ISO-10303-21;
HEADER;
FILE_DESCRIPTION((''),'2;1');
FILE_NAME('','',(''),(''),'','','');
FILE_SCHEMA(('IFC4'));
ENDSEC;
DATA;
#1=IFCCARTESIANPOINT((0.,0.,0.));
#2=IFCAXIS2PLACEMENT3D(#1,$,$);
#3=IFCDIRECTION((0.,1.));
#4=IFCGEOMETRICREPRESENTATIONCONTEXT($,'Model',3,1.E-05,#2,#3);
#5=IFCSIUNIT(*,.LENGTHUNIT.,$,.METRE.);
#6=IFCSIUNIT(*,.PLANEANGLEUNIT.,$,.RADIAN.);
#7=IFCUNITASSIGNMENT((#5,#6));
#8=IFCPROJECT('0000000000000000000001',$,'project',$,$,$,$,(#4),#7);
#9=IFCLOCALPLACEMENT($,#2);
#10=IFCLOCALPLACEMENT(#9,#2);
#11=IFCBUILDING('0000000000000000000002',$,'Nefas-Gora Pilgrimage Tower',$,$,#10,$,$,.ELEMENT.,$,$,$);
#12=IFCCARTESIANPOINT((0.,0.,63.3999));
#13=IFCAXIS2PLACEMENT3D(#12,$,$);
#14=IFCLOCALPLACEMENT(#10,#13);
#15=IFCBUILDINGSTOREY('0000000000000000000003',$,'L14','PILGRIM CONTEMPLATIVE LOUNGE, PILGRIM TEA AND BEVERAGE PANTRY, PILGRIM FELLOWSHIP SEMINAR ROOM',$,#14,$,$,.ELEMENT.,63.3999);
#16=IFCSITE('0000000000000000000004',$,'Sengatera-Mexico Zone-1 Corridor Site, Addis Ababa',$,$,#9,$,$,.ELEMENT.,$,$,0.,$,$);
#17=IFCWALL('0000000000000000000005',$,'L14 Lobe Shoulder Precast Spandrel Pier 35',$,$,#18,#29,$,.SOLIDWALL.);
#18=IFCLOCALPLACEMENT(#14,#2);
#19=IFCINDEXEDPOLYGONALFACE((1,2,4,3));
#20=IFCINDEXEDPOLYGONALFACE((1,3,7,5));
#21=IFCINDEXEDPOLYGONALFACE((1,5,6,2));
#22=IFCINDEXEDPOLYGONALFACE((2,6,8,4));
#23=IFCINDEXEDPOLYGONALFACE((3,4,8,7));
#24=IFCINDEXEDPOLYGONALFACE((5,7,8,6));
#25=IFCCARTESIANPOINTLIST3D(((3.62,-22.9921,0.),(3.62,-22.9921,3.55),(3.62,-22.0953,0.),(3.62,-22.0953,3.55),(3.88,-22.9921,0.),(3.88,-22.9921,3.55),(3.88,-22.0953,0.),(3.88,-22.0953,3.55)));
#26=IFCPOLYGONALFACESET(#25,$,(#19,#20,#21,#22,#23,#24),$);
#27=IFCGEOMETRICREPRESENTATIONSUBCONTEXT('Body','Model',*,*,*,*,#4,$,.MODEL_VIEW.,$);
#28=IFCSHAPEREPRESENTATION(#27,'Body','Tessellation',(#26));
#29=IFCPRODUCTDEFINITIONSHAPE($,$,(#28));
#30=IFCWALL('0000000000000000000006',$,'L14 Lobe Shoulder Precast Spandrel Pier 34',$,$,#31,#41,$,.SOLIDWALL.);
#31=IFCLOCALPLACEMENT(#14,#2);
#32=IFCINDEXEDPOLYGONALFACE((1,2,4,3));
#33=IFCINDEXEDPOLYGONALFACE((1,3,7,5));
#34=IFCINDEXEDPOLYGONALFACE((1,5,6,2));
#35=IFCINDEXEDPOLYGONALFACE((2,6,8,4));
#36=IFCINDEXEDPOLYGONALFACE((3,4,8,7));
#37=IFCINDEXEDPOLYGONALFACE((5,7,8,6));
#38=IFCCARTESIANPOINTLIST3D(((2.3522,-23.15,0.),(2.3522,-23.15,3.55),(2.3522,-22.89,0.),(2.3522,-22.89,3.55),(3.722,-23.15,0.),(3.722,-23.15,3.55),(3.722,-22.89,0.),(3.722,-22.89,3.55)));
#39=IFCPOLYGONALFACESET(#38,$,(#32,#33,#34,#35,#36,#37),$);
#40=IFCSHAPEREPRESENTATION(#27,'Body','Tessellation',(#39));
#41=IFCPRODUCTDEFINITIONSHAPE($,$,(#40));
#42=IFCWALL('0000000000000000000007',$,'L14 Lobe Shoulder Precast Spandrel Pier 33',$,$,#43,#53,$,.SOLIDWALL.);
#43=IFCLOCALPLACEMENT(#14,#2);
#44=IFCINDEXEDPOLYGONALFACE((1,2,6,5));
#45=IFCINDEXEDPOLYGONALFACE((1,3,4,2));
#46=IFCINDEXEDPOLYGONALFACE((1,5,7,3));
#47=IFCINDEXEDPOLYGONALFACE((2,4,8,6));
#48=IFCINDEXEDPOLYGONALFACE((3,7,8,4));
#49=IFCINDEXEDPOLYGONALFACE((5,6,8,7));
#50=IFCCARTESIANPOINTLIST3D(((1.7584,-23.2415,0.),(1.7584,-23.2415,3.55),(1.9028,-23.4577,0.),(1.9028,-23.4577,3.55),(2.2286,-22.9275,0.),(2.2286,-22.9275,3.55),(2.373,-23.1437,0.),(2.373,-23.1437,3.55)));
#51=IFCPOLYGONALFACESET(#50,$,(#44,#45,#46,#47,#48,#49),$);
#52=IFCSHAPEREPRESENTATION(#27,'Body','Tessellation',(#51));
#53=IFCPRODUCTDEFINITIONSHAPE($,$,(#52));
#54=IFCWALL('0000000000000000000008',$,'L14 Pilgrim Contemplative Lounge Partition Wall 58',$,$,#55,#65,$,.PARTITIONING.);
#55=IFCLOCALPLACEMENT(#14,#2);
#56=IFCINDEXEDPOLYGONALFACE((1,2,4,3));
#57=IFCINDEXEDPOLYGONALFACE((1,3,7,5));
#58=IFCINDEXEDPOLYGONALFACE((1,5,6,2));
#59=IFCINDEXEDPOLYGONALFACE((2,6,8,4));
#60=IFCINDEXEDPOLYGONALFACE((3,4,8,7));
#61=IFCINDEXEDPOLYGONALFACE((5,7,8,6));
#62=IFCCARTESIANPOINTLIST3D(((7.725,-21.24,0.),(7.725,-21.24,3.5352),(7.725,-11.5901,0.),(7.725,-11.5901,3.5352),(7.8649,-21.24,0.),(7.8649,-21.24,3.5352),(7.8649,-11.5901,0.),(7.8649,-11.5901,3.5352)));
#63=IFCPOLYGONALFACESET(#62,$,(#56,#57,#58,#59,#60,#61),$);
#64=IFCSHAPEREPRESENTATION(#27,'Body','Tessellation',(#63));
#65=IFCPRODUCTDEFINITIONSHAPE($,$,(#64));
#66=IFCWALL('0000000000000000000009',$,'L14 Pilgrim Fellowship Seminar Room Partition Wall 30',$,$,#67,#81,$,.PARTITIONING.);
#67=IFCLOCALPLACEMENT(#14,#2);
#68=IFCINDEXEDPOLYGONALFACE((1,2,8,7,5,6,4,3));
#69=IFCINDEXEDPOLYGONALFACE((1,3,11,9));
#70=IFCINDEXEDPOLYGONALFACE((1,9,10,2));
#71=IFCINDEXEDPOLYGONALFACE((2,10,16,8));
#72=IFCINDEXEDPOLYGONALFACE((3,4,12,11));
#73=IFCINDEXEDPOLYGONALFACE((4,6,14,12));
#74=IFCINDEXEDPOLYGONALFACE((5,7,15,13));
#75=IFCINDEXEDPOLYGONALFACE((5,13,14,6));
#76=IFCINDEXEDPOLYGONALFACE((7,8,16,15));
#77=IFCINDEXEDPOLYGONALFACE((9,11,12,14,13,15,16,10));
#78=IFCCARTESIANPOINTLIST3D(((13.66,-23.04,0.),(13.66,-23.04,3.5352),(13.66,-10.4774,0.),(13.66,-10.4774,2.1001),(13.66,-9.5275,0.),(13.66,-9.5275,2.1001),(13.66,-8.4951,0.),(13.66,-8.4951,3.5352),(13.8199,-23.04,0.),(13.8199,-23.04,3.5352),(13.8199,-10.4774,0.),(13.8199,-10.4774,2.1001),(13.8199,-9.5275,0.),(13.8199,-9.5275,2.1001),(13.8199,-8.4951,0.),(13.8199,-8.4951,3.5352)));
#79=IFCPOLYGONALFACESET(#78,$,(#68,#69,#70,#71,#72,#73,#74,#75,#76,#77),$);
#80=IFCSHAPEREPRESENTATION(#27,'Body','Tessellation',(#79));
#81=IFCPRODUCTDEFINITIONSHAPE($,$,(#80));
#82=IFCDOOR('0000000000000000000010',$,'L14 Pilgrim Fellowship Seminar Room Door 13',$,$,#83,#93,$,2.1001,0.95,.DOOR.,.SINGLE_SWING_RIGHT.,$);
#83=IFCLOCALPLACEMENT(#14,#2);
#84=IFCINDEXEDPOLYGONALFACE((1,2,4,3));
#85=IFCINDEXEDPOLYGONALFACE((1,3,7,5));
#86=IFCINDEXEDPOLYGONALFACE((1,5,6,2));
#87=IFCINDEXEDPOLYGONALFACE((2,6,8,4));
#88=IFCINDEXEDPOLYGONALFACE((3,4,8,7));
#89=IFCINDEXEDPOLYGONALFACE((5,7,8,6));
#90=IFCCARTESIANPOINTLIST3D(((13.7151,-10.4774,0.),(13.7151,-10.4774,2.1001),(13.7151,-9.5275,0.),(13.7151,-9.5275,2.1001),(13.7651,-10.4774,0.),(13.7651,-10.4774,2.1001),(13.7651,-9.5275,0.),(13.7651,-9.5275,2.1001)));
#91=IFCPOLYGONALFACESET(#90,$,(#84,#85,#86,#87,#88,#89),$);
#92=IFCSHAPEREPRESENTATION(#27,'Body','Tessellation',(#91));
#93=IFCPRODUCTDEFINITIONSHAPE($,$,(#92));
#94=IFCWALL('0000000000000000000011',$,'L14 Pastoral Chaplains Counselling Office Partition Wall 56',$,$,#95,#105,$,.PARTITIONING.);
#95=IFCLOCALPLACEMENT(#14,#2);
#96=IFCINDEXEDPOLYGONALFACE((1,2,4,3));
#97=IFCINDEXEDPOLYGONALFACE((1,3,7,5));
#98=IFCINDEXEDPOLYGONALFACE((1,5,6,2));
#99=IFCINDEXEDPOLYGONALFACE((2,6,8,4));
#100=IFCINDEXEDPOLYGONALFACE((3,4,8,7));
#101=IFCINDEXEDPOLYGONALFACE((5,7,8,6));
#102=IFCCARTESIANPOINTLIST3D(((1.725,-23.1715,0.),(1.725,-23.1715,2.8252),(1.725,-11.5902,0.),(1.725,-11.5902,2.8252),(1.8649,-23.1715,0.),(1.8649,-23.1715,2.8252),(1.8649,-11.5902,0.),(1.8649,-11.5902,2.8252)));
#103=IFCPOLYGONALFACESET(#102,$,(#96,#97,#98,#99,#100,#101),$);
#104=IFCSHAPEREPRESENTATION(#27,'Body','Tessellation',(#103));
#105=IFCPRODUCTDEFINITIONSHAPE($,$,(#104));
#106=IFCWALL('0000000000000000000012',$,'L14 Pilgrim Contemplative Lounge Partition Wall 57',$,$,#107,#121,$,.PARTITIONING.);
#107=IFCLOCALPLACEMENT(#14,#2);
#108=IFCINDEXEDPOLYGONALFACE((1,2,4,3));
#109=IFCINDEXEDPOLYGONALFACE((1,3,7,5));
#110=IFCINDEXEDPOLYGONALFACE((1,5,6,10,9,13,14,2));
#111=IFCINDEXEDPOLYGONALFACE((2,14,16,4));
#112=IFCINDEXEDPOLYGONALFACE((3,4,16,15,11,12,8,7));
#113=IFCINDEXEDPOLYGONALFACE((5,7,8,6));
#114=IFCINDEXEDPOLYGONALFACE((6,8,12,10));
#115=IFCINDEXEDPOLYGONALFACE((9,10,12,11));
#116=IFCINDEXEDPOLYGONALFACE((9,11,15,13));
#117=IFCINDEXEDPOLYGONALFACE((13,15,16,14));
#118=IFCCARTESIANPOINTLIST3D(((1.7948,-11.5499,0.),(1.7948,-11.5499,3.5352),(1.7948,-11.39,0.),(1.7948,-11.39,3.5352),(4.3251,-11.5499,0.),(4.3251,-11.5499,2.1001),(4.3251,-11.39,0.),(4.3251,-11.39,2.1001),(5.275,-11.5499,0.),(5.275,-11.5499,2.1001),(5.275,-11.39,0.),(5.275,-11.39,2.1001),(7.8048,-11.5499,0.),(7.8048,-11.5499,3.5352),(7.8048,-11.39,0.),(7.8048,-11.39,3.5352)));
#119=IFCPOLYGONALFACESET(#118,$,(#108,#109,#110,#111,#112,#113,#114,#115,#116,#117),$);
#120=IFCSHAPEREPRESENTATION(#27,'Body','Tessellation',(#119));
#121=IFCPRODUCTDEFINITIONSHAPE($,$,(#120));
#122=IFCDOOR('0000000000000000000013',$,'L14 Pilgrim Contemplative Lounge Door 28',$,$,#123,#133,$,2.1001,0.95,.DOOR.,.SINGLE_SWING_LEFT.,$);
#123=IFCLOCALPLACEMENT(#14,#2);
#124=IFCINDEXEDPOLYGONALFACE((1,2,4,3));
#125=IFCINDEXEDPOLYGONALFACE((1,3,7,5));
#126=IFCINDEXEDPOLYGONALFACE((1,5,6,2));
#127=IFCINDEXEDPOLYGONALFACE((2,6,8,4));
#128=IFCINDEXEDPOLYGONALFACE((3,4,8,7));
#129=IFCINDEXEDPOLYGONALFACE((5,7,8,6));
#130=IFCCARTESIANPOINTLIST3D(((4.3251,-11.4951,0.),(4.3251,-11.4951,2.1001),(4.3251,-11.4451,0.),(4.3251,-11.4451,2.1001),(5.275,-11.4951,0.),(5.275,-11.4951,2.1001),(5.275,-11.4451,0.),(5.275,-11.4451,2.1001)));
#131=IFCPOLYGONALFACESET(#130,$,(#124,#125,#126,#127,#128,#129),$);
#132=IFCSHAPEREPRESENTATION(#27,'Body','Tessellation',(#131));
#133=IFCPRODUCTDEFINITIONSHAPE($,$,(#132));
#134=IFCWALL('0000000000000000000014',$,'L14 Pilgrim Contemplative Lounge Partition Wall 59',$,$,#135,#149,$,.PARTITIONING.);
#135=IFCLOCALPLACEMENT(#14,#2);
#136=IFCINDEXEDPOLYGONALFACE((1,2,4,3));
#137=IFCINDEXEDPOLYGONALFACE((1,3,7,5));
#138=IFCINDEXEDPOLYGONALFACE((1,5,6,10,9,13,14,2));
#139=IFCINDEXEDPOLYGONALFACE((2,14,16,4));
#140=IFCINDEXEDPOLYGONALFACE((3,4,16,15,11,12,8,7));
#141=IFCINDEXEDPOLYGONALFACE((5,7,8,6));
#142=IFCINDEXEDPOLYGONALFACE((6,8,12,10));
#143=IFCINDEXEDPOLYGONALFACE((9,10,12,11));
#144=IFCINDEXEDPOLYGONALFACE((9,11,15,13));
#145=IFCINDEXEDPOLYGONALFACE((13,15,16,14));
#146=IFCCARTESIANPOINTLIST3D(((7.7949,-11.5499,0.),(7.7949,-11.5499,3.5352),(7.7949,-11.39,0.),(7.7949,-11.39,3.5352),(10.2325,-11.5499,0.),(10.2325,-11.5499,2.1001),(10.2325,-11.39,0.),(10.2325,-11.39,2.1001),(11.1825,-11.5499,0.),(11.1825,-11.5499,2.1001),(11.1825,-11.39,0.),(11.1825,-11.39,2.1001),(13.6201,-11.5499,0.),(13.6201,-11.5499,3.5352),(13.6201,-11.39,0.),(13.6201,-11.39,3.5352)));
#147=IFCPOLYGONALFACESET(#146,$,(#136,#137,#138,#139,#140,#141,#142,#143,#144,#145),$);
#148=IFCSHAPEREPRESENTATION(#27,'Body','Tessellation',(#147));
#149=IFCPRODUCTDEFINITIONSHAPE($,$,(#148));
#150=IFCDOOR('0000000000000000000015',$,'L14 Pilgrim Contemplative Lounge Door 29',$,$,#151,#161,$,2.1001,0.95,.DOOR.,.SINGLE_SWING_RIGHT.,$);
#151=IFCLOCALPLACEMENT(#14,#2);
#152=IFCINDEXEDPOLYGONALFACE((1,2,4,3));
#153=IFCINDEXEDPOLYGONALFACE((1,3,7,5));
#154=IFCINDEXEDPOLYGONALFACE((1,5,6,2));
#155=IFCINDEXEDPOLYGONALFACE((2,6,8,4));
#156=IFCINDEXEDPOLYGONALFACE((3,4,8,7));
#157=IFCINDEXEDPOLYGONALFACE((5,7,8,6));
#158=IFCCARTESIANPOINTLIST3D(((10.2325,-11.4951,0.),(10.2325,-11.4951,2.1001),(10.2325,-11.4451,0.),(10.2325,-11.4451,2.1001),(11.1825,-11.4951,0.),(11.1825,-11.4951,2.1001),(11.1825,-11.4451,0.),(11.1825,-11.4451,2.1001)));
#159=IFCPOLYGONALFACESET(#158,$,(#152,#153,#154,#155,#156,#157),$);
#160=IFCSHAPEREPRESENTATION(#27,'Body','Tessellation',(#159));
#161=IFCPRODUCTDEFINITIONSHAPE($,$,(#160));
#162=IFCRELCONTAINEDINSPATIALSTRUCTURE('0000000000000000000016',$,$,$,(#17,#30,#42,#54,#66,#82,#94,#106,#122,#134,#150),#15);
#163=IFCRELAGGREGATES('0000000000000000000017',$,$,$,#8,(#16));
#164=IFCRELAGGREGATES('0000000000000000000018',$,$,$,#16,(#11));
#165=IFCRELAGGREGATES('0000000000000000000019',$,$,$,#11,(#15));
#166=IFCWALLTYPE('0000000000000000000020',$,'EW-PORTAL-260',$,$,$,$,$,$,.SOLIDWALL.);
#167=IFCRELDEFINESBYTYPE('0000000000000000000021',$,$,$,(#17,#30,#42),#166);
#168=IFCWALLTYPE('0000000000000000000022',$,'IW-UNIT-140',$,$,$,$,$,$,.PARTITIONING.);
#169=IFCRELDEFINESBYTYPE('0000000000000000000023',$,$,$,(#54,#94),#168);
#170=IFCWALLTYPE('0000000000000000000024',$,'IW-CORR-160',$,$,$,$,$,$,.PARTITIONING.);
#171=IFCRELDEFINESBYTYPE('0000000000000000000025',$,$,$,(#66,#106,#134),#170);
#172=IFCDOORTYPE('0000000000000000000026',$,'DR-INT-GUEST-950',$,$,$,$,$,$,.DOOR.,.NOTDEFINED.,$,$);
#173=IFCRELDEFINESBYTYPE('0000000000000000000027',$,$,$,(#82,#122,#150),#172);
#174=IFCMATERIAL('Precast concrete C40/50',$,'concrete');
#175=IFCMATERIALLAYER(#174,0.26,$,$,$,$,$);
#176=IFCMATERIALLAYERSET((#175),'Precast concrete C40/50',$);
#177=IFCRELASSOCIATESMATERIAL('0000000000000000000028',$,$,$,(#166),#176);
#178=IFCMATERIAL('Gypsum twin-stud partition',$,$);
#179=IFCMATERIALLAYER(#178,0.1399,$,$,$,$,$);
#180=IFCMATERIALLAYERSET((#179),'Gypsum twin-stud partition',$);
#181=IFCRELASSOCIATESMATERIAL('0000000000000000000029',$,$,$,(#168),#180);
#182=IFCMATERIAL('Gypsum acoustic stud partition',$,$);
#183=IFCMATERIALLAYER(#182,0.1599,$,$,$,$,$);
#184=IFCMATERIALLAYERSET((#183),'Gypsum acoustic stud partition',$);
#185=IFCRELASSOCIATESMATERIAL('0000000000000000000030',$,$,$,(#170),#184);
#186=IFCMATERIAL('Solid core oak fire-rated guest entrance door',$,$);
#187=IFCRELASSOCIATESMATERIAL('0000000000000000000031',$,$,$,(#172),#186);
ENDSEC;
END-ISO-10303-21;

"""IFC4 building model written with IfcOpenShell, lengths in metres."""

from ifc_helpers import new_model, si_unit, direction, frame, frame_2d, origin, place, context, subcontext, project, spatial, rectangle, extrude, source, transform, mapped, material, layer, layer_set, type_object, element, fill, save


model = new_model("IFC4")

# Units and contexts
model_context = context("Model", 3, precision=1e-05, world=origin(), true_north=direction((0.0, 1.0)))
body_context = subcontext(model_context, "Body", "Model", "MODEL_VIEW")
ifc_project = project(units=[si_unit("LENGTHUNIT", "METRE"), si_unit("PLANEANGLEUNIT", "RADIAN")], contexts=[model_context])

# Site, building, storey
site_placement = place(None, origin())
site = spatial("IfcSite", under=ifc_project, at=site_placement, Name="Sengatera-Mexico Zone-1 Corridor Site, Addis Ababa", CompositionType="ELEMENT", RefElevation=0.0)
building_placement = place(site_placement, origin())
building = spatial("IfcBuilding", under=site, at=building_placement, Name="Nefas-Gora Pilgrimage Tower", CompositionType="ELEMENT")
storey_placement = place(building_placement, frame((0.0, 0.0, 63.3999)))
storey = spatial("IfcBuildingStorey", under=building, at=storey_placement, Name="L14", Description="PILGRIM CONTEMPLATIVE LOUNGE, PILGRIM TEA AND BEVERAGE PANTRY, PILGRIM FELLOWSHIP SEMINAR ROOM", CompositionType="ELEMENT", Elevation=63.3999)

# Walls
ifc_material_1 = material(Name="Precast concrete C40/50", Category="concrete")
ifc_layer_1 = layer(ifc_material_1, 0.26)
ifc_layer_set_1 = layer_set([ifc_layer_1], Name="Precast concrete C40/50")
wall_type_1 = type_object("IfcWallType", Name="EW-PORTAL-260", PredefinedType="SOLIDWALL", material=ifc_layer_set_1)
shared_shape_1 = source(origin(), body_context, "Body", "SweptSolid", [
    extrude(rectangle(XDim=0.8967, YDim=0.26, at=frame_2d((0.4482, 0.0))), origin(), (0.0, 0.0, 1.0), 3.55),
])
wall_1_placement = place(storey_placement, frame((3.75, -22.9919, 0.0), z_axis=(0.0, 0.0, 1.0), x_axis=(0.0, 1.0, 0.0)))
element("IfcWall", 1, at=wall_1_placement, inside=storey, type_object=wall_type_1, Name="L14 Lobe Shoulder Precast Spandrel Pier 35", PredefinedType="SOLIDWALL", context=body_context, shape_type="MappedRepresentation", body=[
    mapped(shared_shape_1, transform((0.0, 0.0, 0.0), x_axis=(1.0, 0.0, 0.0), y_axis=(0.0, 1.0, 0.0), z_axis=(0.0, 0.0, 1.0), scale=1.0)),
])
shared_shape_2 = source(origin(), body_context, "Body", "SweptSolid", [
    extrude(rectangle(XDim=1.3699, YDim=0.26, at=frame_2d((0.6851, 0.0))), origin(), (0.0, 0.0, 1.0), 3.55),
])
wall_2_placement = place(storey_placement, frame((2.3521, -23.02, 0.0), z_axis=(0.0, 0.0, 1.0), x_axis=(1.0, 0.0, 0.0)))
element("IfcWall", 2, at=wall_2_placement, inside=storey, type_object=wall_type_1, Name="L14 Lobe Shoulder Precast Spandrel Pier 34", PredefinedType="SOLIDWALL", context=body_context, shape_type="MappedRepresentation", body=[
    mapped(shared_shape_2, transform((0.0, 0.0, 0.0), x_axis=(1.0, 0.0, 0.0), y_axis=(0.0, 1.0, 0.0), z_axis=(0.0, 0.0, 1.0), scale=1.0)),
])
shared_shape_3 = source(origin(), body_context, "Body", "SweptSolid", [
    extrude(rectangle(XDim=0.5654, YDim=0.26, at=frame_2d((0.2827, 0.0))), origin(), (0.0, 0.0, 1.0), 3.55),
])
wall_3_placement = place(storey_placement, frame((1.8306, -23.3496, 0.0), z_axis=(0.0, 0.0, 1.0), x_axis=(0.831651, 0.555298, 0.0)))
element("IfcWall", 3, at=wall_3_placement, inside=storey, type_object=wall_type_1, Name="L14 Lobe Shoulder Precast Spandrel Pier 33", PredefinedType="SOLIDWALL", context=body_context, shape_type="MappedRepresentation", body=[
    mapped(shared_shape_3, transform((0.0, 0.0, 0.0), x_axis=(1.0, 0.0, 0.0), y_axis=(0.0, 1.0, 0.0), z_axis=(0.0, 0.0, 1.0), scale=1.0)),
])
ifc_material_2 = material(Name="Gypsum twin-stud partition")
ifc_layer_2 = layer(ifc_material_2, 0.1399)
ifc_layer_set_2 = layer_set([ifc_layer_2], Name="Gypsum twin-stud partition")
wall_type_2 = type_object("IfcWallType", Name="IW-UNIT-140", PredefinedType="PARTITIONING", material=ifc_layer_set_2)
shared_shape_4 = source(origin(), body_context, "Body", "SweptSolid", [
    extrude(rectangle(XDim=9.6499, YDim=0.1399, at=frame_2d((4.825, 0.0))), origin(), (0.0, 0.0, 1.0), 3.5352),
])
wall_4_placement = place(storey_placement, frame((7.7949, -21.24, 0.0), z_axis=(0.0, 0.0, 1.0), x_axis=(0.0, 1.0, 0.0)))
element("IfcWall", 4, at=wall_4_placement, inside=storey, type_object=wall_type_2, Name="L14 Pilgrim Contemplative Lounge Partition Wall 58", PredefinedType="PARTITIONING", context=body_context, shape_type="MappedRepresentation", body=[
    mapped(shared_shape_4, transform((0.0, 0.0, 0.0), x_axis=(1.0, 0.0, 0.0), y_axis=(0.0, 1.0, 0.0), z_axis=(0.0, 0.0, 1.0), scale=1.0)),
])

# Wall, opening, door
ifc_material_3 = material(Name="Gypsum acoustic stud partition")
ifc_layer_3 = layer(ifc_material_3, 0.1599)
ifc_layer_set_3 = layer_set([ifc_layer_3], Name="Gypsum acoustic stud partition")
wall_type_3 = type_object("IfcWallType", Name="IW-CORR-160", PredefinedType="PARTITIONING", material=ifc_layer_set_3)
shared_shape_5 = source(origin(), body_context, "Body", "SweptSolid", [
    extrude(rectangle(XDim=14.5449, YDim=0.1599, at=frame_2d((7.2725, 0.0))), origin(), (0.0, 0.0, 1.0), 3.5352),
])
wall_5_placement = place(storey_placement, frame((13.74, -23.04, 0.0), z_axis=(0.0, 0.0, 1.0), x_axis=(0.0, 1.0, 0.0)))
wall_5 = element("IfcWall", 5, at=wall_5_placement, inside=storey, type_object=wall_type_3, Name="L14 Pilgrim Fellowship Seminar Room Partition Wall 30", PredefinedType="PARTITIONING", context=body_context, shape_type="MappedRepresentation", body=[
    mapped(shared_shape_5, transform((0.0, 0.0, 0.0), x_axis=(1.0, 0.0, 0.0), y_axis=(0.0, 1.0, 0.0), z_axis=(0.0, 0.0, 1.0), scale=1.0)),
])
opening_1_placement = place(wall_5_placement, frame((12.5625, 0.0, 0.0)))
opening_1 = element("IfcOpeningElement", 6, at=opening_1_placement, cuts=wall_5, PredefinedType="OPENING", context=body_context, shape_type="SweptSolid", body=[
    extrude(rectangle(XDim=0.95, YDim=2.1001, at=frame_2d((0.4751, 1.05))), frame((0.0, 0.0898, 0.0), z_axis=(0.0, -1.0, 0.0), x_axis=(1.0, 0.0, 0.0)), (0.0, 0.0, 1.0), 0.1799),
])
ifc_material_4 = material(Name="Solid core oak fire-rated guest entrance door")
door_type = type_object("IfcDoorType", Name="DR-INT-GUEST-950", OperationType="NOTDEFINED", PredefinedType="DOOR", material=ifc_material_4)
shared_shape_6 = source(origin(), body_context, "Body", "SweptSolid", [
    extrude(rectangle(XDim=0.95, YDim=2.1001, at=frame_2d((0.4751, 1.05))), frame((0.0, 0.0249, 0.0), z_axis=(0.0, -1.0, 0.0), x_axis=(1.0, 0.0, 0.0)), (0.0, 0.0, 1.0), 0.05),
])
door_1_placement = place(opening_1_placement, origin())
door_1 = element("IfcDoor", 7, at=door_1_placement, inside=storey, type_object=door_type, Name="L14 Pilgrim Fellowship Seminar Room Door 13", OperationType="SINGLE_SWING_RIGHT", OverallHeight=2.1001, OverallWidth=0.95, PredefinedType="DOOR", context=body_context, shape_type="MappedRepresentation", body=[
    mapped(shared_shape_6, transform((0.0, 0.0, 0.0), x_axis=(1.0, 0.0, 0.0), y_axis=(0.0, 1.0, 0.0), z_axis=(0.0, 0.0, 1.0), scale=1.0)),
])
fill(opening_1, door_1)

# Wall
shared_shape_7 = source(origin(), body_context, "Body", "SweptSolid", [
    extrude(rectangle(XDim=11.5813, YDim=0.1399, at=frame_2d((5.7905, 0.0))), origin(), (0.0, 0.0, 1.0), 2.8252),
])
wall_6_placement = place(storey_placement, frame((1.7949, -23.1714, 0.0), z_axis=(0.0, 0.0, 1.0), x_axis=(0.0, 1.0, 0.0)))
element("IfcWall", 8, at=wall_6_placement, inside=storey, type_object=wall_type_2, Name="L14 Pastoral Chaplains Counselling Office Partition Wall 56", PredefinedType="PARTITIONING", context=body_context, shape_type="MappedRepresentation", body=[
    mapped(shared_shape_7, transform((0.0, 0.0, 0.0), x_axis=(1.0, 0.0, 0.0), y_axis=(0.0, 1.0, 0.0), z_axis=(0.0, 0.0, 1.0), scale=1.0)),
])

# Walls, openings, doors
shared_shape_8 = source(origin(), body_context, "Body", "SweptSolid", [
    extrude(rectangle(XDim=6.01, YDim=0.1599, at=frame_2d((3.0049, 0.0))), origin(), (0.0, 0.0, 1.0), 3.5352),
])
wall_7_placement = place(storey_placement, frame((1.7949, -11.47, 0.0), z_axis=(0.0, 0.0, 1.0), x_axis=(1.0, 0.0, 0.0)))
wall_7 = element("IfcWall", 9, at=wall_7_placement, inside=storey, type_object=wall_type_3, Name="L14 Pilgrim Contemplative Lounge Partition Wall 57", PredefinedType="PARTITIONING", context=body_context, shape_type="MappedRepresentation", body=[
    mapped(shared_shape_8, transform((0.0, 0.0, 0.0), x_axis=(1.0, 0.0, 0.0), y_axis=(0.0, 1.0, 0.0), z_axis=(0.0, 0.0, 1.0), scale=1.0)),
])
opening_2_placement = place(wall_7_placement, frame((2.53, 0.0, 0.0)))
opening_2 = element("IfcOpeningElement", 10, at=opening_2_placement, cuts=wall_7, PredefinedType="OPENING", context=body_context, shape_type="SweptSolid", body=[
    extrude(rectangle(XDim=0.95, YDim=2.1001, at=frame_2d((0.4751, 1.05))), frame((0.0, 0.0898, 0.0), z_axis=(0.0, -1.0, 0.0), x_axis=(1.0, 0.0, 0.0)), (0.0, 0.0, 1.0), 0.1799),
])
door_2_placement = place(opening_2_placement, origin())
door_2 = element("IfcDoor", 11, at=door_2_placement, inside=storey, type_object=door_type, Name="L14 Pilgrim Contemplative Lounge Door 28", OperationType="SINGLE_SWING_LEFT", OverallHeight=2.1001, OverallWidth=0.95, PredefinedType="DOOR", context=body_context, shape_type="MappedRepresentation", body=[
    mapped(shared_shape_6, transform((0.0, 0.0, 0.0), x_axis=(1.0, 0.0, 0.0), y_axis=(0.0, 1.0, 0.0), z_axis=(0.0, 0.0, 1.0), scale=1.0)),
])
fill(opening_2, door_2)
shared_shape_9 = source(origin(), body_context, "Body", "SweptSolid", [
    extrude(rectangle(XDim=5.8252, YDim=0.1599, at=frame_2d((2.9126, 0.0))), origin(), (0.0, 0.0, 1.0), 3.5352),
])
wall_8_placement = place(storey_placement, frame((7.7949, -11.47, 0.0), z_axis=(0.0, 0.0, 1.0), x_axis=(1.0, 0.0, 0.0)))
wall_8 = element("IfcWall", 12, at=wall_8_placement, inside=storey, type_object=wall_type_3, Name="L14 Pilgrim Contemplative Lounge Partition Wall 59", PredefinedType="PARTITIONING", context=body_context, shape_type="MappedRepresentation", body=[
    mapped(shared_shape_9, transform((0.0, 0.0, 0.0), x_axis=(1.0, 0.0, 0.0), y_axis=(0.0, 1.0, 0.0), z_axis=(0.0, 0.0, 1.0), scale=1.0)),
])
opening_3_placement = place(wall_8_placement, frame((2.4375, 0.0, 0.0)))
opening_3 = element("IfcOpeningElement", 13, at=opening_3_placement, cuts=wall_8, PredefinedType="OPENING", context=body_context, shape_type="SweptSolid", body=[
    extrude(rectangle(XDim=0.95, YDim=2.1001, at=frame_2d((0.4751, 1.05))), frame((0.0, 0.0898, 0.0), z_axis=(0.0, -1.0, 0.0), x_axis=(1.0, 0.0, 0.0)), (0.0, 0.0, 1.0), 0.1799),
])
door_3_placement = place(opening_3_placement, origin())
door_3 = element("IfcDoor", 14, at=door_3_placement, inside=storey, type_object=door_type, Name="L14 Pilgrim Contemplative Lounge Door 29", OperationType="SINGLE_SWING_RIGHT", OverallHeight=2.1001, OverallWidth=0.95, PredefinedType="DOOR", context=body_context, shape_type="MappedRepresentation", body=[
    mapped(shared_shape_6, transform((0.0, 0.0, 0.0), x_axis=(1.0, 0.0, 0.0), y_axis=(0.0, 1.0, 0.0), z_axis=(0.0, 0.0, 1.0), scale=1.0)),
])
fill(opening_3, door_3)

save(model, "model.ifc")
